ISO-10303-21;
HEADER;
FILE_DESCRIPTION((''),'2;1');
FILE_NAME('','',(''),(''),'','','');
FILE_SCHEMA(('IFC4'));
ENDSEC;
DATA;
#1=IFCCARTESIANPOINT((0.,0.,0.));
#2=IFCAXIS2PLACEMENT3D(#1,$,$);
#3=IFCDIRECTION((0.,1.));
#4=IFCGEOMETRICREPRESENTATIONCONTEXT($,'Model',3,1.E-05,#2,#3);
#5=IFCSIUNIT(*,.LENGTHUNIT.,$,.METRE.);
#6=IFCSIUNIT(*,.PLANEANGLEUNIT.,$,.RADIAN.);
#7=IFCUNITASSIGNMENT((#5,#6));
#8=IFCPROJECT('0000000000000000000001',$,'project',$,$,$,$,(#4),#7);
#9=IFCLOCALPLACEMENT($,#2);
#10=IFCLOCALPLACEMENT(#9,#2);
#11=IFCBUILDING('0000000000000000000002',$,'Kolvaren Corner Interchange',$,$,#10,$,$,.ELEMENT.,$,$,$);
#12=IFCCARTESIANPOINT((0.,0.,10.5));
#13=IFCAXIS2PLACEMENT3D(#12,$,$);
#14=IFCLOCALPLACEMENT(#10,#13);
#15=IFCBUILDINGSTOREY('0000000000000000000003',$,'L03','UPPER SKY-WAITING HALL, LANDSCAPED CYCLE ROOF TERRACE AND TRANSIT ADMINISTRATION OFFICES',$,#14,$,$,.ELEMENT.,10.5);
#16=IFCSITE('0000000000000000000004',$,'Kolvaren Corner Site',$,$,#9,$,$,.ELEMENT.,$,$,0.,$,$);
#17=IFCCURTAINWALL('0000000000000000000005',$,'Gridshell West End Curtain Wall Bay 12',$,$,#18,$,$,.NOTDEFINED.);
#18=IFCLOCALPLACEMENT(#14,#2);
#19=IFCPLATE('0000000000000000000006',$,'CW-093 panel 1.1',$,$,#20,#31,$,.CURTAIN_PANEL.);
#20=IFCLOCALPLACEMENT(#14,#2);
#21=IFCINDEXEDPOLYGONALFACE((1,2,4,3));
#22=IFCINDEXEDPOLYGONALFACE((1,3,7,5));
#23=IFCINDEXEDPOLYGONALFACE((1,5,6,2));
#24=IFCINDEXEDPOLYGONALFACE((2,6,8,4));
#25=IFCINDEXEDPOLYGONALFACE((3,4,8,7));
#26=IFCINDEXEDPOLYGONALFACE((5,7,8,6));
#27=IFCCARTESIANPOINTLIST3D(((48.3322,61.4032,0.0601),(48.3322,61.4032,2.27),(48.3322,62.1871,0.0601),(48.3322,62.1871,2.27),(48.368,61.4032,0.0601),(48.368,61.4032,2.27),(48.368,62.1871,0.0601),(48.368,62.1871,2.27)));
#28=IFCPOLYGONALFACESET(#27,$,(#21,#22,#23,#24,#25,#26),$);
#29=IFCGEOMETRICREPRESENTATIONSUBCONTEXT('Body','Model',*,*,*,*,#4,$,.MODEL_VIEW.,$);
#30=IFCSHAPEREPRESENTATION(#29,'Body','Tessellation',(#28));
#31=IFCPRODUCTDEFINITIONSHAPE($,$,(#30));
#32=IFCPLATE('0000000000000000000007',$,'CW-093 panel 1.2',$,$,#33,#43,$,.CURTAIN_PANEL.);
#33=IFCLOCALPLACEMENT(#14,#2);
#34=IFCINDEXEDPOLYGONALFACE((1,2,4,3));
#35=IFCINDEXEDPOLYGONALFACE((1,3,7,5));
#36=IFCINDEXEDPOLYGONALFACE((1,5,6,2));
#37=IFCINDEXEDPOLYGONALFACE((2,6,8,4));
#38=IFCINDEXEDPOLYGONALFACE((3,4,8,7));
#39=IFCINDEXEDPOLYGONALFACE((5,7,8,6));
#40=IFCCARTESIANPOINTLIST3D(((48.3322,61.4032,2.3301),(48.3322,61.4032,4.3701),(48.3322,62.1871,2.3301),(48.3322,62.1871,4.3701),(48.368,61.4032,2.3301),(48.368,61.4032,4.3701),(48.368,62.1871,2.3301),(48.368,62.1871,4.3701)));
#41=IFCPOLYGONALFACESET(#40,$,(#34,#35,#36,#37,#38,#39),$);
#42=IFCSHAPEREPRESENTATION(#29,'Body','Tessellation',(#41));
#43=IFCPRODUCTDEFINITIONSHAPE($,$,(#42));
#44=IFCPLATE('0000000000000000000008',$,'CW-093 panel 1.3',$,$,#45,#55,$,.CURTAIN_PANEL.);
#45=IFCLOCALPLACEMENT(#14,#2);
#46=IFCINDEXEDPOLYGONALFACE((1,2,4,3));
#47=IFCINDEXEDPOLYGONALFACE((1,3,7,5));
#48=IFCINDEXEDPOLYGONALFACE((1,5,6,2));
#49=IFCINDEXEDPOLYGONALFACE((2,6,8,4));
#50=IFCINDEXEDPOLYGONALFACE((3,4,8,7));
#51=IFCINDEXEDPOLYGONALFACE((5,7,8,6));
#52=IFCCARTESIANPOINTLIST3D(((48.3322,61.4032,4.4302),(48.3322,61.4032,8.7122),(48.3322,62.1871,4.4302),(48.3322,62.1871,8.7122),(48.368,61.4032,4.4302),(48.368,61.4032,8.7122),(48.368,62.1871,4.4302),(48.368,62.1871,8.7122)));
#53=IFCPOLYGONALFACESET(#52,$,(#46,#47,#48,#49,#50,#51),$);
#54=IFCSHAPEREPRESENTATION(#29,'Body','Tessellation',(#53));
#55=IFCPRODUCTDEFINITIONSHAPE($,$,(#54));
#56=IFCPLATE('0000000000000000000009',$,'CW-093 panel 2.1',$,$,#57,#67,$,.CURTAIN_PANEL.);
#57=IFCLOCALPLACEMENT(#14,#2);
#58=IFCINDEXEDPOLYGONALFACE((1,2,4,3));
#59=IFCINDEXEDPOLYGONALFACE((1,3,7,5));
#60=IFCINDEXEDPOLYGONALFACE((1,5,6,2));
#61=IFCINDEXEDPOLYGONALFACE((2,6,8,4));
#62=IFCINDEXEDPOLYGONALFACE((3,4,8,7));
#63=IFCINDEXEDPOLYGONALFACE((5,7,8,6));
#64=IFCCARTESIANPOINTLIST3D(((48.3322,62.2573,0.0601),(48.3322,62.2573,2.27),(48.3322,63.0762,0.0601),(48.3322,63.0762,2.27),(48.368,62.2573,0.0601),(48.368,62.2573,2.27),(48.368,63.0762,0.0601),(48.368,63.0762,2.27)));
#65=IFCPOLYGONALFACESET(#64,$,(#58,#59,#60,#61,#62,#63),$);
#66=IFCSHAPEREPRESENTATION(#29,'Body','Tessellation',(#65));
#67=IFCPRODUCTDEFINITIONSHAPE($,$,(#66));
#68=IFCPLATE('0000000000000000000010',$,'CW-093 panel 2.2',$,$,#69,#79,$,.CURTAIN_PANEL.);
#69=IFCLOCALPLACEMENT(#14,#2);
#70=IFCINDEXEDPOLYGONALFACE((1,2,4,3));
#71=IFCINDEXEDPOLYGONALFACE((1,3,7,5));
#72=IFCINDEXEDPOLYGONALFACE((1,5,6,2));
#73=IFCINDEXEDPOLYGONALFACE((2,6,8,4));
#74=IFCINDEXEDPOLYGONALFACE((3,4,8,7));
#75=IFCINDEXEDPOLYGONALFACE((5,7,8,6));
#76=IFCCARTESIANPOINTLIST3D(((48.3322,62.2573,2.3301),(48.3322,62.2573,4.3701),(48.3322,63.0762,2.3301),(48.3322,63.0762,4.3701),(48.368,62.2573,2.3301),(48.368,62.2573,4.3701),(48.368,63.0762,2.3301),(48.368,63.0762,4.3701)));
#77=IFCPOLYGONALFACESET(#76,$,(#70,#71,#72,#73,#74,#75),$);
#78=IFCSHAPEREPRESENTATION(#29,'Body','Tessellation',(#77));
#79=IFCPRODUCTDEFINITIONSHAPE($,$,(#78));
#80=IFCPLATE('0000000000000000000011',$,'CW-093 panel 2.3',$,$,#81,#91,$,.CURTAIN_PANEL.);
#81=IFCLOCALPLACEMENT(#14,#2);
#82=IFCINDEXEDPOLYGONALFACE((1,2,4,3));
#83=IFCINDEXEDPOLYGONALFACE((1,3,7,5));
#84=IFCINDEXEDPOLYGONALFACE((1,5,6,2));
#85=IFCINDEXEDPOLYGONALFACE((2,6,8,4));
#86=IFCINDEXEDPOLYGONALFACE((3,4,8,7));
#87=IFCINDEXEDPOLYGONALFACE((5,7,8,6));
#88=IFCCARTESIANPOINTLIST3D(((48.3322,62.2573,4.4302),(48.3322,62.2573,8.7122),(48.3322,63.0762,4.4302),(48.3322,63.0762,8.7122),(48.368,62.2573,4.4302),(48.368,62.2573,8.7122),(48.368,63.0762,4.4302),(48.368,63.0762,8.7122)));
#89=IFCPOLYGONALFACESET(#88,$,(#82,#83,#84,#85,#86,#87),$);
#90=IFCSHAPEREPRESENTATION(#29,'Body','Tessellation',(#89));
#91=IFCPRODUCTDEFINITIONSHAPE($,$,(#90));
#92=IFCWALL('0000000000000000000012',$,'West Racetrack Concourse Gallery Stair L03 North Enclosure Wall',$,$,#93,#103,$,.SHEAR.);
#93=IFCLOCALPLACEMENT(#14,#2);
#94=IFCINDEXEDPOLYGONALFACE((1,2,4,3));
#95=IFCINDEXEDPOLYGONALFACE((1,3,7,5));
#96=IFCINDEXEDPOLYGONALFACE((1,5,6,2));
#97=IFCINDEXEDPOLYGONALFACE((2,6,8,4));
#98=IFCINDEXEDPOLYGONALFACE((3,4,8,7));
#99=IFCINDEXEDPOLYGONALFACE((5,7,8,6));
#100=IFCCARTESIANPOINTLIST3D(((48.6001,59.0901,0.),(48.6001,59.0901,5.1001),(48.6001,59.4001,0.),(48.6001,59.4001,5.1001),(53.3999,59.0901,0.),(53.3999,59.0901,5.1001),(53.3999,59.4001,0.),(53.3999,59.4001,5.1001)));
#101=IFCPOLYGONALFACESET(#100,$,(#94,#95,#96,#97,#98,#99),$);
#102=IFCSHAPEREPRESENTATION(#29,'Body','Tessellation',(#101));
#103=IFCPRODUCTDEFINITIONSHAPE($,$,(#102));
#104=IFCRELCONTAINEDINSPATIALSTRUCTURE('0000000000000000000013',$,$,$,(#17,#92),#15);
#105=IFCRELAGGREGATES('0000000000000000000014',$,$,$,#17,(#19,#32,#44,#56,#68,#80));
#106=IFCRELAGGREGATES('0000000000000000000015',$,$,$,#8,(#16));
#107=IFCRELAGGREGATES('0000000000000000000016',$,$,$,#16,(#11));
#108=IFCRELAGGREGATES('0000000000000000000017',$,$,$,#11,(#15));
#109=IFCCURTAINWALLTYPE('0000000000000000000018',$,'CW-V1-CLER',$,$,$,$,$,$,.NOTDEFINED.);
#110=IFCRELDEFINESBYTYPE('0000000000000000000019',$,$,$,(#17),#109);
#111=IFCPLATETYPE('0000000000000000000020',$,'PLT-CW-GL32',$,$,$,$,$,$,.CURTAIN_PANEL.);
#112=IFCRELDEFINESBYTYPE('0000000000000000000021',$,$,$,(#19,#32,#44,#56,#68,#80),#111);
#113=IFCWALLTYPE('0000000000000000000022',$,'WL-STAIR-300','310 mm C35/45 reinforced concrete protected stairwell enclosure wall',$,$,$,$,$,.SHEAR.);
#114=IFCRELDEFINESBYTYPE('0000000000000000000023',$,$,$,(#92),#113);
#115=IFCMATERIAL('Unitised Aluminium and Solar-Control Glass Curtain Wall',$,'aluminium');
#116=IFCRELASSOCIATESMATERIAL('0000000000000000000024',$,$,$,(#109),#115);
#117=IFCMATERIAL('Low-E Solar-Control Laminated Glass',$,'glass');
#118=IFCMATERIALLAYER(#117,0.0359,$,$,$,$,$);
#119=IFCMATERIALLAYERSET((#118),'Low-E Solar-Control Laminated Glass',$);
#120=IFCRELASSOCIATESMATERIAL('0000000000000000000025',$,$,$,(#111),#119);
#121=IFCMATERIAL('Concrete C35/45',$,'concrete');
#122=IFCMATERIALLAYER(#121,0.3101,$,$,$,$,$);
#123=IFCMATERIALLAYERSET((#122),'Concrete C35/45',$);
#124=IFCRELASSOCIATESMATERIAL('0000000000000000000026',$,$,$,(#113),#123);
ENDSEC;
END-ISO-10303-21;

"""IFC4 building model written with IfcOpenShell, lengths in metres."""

from ifc_helpers import new_model, si_unit, direction, frame, frame_2d, origin, origin_2d, place, context, subcontext, project, spatial, rectangle, extrude, material, layer, layer_set, type_object, element, aggregate, save


model = new_model("IFC4")

# Units and contexts
model_context = context("Model", 3, precision=1e-05, world=origin(), true_north=direction((0.0, 1.0)))
body_context = subcontext(model_context, "Body", "Model", "MODEL_VIEW")
ifc_project = project(units=[si_unit("LENGTHUNIT", "METRE"), si_unit("PLANEANGLEUNIT", "RADIAN")], contexts=[model_context])

# Site, building, storey
site_placement = place(None, origin())
site = spatial("IfcSite", under=ifc_project, at=site_placement, Name="Kolvaren Corner Site", CompositionType="ELEMENT", RefElevation=0.0)
building_placement = place(site_placement, origin())
building = spatial("IfcBuilding", under=site, at=building_placement, Name="Kolvaren Corner Interchange", CompositionType="ELEMENT")
storey_placement = place(building_placement, frame((0.0, 0.0, 10.5)))
storey = spatial("IfcBuildingStorey", under=building, at=storey_placement, Name="L03", Description="UPPER SKY-WAITING HALL, LANDSCAPED CYCLE ROOF TERRACE AND TRANSIT ADMINISTRATION OFFICES", CompositionType="ELEMENT", Elevation=10.5)

# Curtain wall, plates
ifc_material_1 = material(Name="Unitised Aluminium and Solar-Control Glass Curtain Wall", Category="aluminium")
curtain_wall_type = type_object("IfcCurtainWallType", Name="CW-V1-CLER", PredefinedType="NOTDEFINED", material=ifc_material_1)
curtain_wall_placement = place(storey_placement, origin())
curtain_wall = element("IfcCurtainWall", 1, at=curtain_wall_placement, inside=storey, type_object=curtain_wall_type, Name="Gridshell West End Curtain Wall Bay 12", PredefinedType="NOTDEFINED")
ifc_material_2 = material(Name="Low-E Solar-Control Laminated Glass", Category="glass")
ifc_layer_1 = layer(ifc_material_2, 0.0359)
ifc_layer_set_1 = layer_set([ifc_layer_1], Name="Low-E Solar-Control Laminated Glass")
plate_type = type_object("IfcPlateType", Name="PLT-CW-GL32", PredefinedType="CURTAIN_PANEL", material=ifc_layer_set_1)
plate_1_placement = place(storey_placement, frame((48.3501, 61.7952, 0.0601), z_axis=(0.0, 0.0, 1.0), x_axis=(0.0, 1.0, 0.0)))
plate_1 = element("IfcPlate", 2, at=plate_1_placement, type_object=plate_type, Name="CW-093 panel 1.1", PredefinedType="CURTAIN_PANEL", context=body_context, shape_type="SweptSolid", body=[
    extrude(rectangle(XDim=0.7839, YDim=0.0359, at=origin_2d()), origin(), (0.0, 0.0, 1.0), 2.21),
])
plate_2_placement = place(storey_placement, frame((48.3501, 61.7952, 2.3301), z_axis=(0.0, 0.0, 1.0), x_axis=(0.0, 1.0, 0.0)))
plate_2 = element("IfcPlate", 3, at=plate_2_placement, type_object=plate_type, Name="CW-093 panel 1.2", PredefinedType="CURTAIN_PANEL", context=body_context, shape_type="SweptSolid", body=[
    extrude(rectangle(XDim=0.7839, YDim=0.0359, at=origin_2d()), origin(), (0.0, 0.0, 1.0), 2.04),
])
plate_3_placement = place(storey_placement, frame((48.3501, 61.7952, 4.4302), z_axis=(0.0, 0.0, 1.0), x_axis=(0.0, 1.0, 0.0)))
plate_3 = element("IfcPlate", 4, at=plate_3_placement, type_object=plate_type, Name="CW-093 panel 1.3", PredefinedType="CURTAIN_PANEL", context=body_context, shape_type="SweptSolid", body=[
    extrude(rectangle(XDim=0.7839, YDim=0.0359, at=origin_2d()), origin(), (0.0, 0.0, 1.0), 4.282),
])
plate_4_placement = place(storey_placement, frame((48.3501, 62.6667, 0.0601), z_axis=(0.0, 0.0, 1.0), x_axis=(0.0, 1.0, 0.0)))
plate_4 = element("IfcPlate", 5, at=plate_4_placement, type_object=plate_type, Name="CW-093 panel 2.1", PredefinedType="CURTAIN_PANEL", context=body_context, shape_type="SweptSolid", body=[
    extrude(rectangle(XDim=0.8188, YDim=0.0359, at=origin_2d()), origin(), (0.0, 0.0, 1.0), 2.21),
])
plate_5_placement = place(storey_placement, frame((48.3501, 62.6667, 2.3301), z_axis=(0.0, 0.0, 1.0), x_axis=(0.0, 1.0, 0.0)))
plate_5 = element("IfcPlate", 6, at=plate_5_placement, type_object=plate_type, Name="CW-093 panel 2.2", PredefinedType="CURTAIN_PANEL", context=body_context, shape_type="SweptSolid", body=[
    extrude(rectangle(XDim=0.8188, YDim=0.0359, at=origin_2d()), origin(), (0.0, 0.0, 1.0), 2.04),
])
plate_6_placement = place(storey_placement, frame((48.3501, 62.6667, 4.4302), z_axis=(0.0, 0.0, 1.0), x_axis=(0.0, 1.0, 0.0)))
plate_6 = element("IfcPlate", 7, at=plate_6_placement, type_object=plate_type, Name="CW-093 panel 2.3", PredefinedType="CURTAIN_PANEL", context=body_context, shape_type="SweptSolid", body=[
    extrude(rectangle(XDim=0.8188, YDim=0.0359, at=origin_2d()), origin(), (0.0, 0.0, 1.0), 4.282),
])
aggregate(curtain_wall, [plate_1, plate_2, plate_3, plate_4, plate_5, plate_6])

# Wall
ifc_material_3 = material(Name="Concrete C35/45", Category="concrete")
ifc_layer_2 = layer(ifc_material_3, 0.3101)
ifc_layer_set_2 = layer_set([ifc_layer_2], Name="Concrete C35/45")
wall_type = type_object("IfcWallType", Name="WL-STAIR-300", Description="310 mm C35/45 reinforced concrete protected stairwell enclosure wall", PredefinedType="SHEAR", material=ifc_layer_set_2)
wall_placement = place(storey_placement, frame((48.6001, 59.2451, 0.0), z_axis=(0.0, 0.0, 1.0), x_axis=(1.0, 0.0, 0.0)))
element("IfcWall", 8, at=wall_placement, inside=storey, type_object=wall_type, Name="West Racetrack Concourse Gallery Stair L03 North Enclosure Wall", PredefinedType="SHEAR", context=body_context, shape_type="SweptSolid", body=[
    extrude(rectangle(XDim=4.7998, YDim=0.3101, at=frame_2d((2.3999, 0.0))), origin(), (0.0, 0.0, 1.0), 5.1001),
])

save(model, "model.ifc")
